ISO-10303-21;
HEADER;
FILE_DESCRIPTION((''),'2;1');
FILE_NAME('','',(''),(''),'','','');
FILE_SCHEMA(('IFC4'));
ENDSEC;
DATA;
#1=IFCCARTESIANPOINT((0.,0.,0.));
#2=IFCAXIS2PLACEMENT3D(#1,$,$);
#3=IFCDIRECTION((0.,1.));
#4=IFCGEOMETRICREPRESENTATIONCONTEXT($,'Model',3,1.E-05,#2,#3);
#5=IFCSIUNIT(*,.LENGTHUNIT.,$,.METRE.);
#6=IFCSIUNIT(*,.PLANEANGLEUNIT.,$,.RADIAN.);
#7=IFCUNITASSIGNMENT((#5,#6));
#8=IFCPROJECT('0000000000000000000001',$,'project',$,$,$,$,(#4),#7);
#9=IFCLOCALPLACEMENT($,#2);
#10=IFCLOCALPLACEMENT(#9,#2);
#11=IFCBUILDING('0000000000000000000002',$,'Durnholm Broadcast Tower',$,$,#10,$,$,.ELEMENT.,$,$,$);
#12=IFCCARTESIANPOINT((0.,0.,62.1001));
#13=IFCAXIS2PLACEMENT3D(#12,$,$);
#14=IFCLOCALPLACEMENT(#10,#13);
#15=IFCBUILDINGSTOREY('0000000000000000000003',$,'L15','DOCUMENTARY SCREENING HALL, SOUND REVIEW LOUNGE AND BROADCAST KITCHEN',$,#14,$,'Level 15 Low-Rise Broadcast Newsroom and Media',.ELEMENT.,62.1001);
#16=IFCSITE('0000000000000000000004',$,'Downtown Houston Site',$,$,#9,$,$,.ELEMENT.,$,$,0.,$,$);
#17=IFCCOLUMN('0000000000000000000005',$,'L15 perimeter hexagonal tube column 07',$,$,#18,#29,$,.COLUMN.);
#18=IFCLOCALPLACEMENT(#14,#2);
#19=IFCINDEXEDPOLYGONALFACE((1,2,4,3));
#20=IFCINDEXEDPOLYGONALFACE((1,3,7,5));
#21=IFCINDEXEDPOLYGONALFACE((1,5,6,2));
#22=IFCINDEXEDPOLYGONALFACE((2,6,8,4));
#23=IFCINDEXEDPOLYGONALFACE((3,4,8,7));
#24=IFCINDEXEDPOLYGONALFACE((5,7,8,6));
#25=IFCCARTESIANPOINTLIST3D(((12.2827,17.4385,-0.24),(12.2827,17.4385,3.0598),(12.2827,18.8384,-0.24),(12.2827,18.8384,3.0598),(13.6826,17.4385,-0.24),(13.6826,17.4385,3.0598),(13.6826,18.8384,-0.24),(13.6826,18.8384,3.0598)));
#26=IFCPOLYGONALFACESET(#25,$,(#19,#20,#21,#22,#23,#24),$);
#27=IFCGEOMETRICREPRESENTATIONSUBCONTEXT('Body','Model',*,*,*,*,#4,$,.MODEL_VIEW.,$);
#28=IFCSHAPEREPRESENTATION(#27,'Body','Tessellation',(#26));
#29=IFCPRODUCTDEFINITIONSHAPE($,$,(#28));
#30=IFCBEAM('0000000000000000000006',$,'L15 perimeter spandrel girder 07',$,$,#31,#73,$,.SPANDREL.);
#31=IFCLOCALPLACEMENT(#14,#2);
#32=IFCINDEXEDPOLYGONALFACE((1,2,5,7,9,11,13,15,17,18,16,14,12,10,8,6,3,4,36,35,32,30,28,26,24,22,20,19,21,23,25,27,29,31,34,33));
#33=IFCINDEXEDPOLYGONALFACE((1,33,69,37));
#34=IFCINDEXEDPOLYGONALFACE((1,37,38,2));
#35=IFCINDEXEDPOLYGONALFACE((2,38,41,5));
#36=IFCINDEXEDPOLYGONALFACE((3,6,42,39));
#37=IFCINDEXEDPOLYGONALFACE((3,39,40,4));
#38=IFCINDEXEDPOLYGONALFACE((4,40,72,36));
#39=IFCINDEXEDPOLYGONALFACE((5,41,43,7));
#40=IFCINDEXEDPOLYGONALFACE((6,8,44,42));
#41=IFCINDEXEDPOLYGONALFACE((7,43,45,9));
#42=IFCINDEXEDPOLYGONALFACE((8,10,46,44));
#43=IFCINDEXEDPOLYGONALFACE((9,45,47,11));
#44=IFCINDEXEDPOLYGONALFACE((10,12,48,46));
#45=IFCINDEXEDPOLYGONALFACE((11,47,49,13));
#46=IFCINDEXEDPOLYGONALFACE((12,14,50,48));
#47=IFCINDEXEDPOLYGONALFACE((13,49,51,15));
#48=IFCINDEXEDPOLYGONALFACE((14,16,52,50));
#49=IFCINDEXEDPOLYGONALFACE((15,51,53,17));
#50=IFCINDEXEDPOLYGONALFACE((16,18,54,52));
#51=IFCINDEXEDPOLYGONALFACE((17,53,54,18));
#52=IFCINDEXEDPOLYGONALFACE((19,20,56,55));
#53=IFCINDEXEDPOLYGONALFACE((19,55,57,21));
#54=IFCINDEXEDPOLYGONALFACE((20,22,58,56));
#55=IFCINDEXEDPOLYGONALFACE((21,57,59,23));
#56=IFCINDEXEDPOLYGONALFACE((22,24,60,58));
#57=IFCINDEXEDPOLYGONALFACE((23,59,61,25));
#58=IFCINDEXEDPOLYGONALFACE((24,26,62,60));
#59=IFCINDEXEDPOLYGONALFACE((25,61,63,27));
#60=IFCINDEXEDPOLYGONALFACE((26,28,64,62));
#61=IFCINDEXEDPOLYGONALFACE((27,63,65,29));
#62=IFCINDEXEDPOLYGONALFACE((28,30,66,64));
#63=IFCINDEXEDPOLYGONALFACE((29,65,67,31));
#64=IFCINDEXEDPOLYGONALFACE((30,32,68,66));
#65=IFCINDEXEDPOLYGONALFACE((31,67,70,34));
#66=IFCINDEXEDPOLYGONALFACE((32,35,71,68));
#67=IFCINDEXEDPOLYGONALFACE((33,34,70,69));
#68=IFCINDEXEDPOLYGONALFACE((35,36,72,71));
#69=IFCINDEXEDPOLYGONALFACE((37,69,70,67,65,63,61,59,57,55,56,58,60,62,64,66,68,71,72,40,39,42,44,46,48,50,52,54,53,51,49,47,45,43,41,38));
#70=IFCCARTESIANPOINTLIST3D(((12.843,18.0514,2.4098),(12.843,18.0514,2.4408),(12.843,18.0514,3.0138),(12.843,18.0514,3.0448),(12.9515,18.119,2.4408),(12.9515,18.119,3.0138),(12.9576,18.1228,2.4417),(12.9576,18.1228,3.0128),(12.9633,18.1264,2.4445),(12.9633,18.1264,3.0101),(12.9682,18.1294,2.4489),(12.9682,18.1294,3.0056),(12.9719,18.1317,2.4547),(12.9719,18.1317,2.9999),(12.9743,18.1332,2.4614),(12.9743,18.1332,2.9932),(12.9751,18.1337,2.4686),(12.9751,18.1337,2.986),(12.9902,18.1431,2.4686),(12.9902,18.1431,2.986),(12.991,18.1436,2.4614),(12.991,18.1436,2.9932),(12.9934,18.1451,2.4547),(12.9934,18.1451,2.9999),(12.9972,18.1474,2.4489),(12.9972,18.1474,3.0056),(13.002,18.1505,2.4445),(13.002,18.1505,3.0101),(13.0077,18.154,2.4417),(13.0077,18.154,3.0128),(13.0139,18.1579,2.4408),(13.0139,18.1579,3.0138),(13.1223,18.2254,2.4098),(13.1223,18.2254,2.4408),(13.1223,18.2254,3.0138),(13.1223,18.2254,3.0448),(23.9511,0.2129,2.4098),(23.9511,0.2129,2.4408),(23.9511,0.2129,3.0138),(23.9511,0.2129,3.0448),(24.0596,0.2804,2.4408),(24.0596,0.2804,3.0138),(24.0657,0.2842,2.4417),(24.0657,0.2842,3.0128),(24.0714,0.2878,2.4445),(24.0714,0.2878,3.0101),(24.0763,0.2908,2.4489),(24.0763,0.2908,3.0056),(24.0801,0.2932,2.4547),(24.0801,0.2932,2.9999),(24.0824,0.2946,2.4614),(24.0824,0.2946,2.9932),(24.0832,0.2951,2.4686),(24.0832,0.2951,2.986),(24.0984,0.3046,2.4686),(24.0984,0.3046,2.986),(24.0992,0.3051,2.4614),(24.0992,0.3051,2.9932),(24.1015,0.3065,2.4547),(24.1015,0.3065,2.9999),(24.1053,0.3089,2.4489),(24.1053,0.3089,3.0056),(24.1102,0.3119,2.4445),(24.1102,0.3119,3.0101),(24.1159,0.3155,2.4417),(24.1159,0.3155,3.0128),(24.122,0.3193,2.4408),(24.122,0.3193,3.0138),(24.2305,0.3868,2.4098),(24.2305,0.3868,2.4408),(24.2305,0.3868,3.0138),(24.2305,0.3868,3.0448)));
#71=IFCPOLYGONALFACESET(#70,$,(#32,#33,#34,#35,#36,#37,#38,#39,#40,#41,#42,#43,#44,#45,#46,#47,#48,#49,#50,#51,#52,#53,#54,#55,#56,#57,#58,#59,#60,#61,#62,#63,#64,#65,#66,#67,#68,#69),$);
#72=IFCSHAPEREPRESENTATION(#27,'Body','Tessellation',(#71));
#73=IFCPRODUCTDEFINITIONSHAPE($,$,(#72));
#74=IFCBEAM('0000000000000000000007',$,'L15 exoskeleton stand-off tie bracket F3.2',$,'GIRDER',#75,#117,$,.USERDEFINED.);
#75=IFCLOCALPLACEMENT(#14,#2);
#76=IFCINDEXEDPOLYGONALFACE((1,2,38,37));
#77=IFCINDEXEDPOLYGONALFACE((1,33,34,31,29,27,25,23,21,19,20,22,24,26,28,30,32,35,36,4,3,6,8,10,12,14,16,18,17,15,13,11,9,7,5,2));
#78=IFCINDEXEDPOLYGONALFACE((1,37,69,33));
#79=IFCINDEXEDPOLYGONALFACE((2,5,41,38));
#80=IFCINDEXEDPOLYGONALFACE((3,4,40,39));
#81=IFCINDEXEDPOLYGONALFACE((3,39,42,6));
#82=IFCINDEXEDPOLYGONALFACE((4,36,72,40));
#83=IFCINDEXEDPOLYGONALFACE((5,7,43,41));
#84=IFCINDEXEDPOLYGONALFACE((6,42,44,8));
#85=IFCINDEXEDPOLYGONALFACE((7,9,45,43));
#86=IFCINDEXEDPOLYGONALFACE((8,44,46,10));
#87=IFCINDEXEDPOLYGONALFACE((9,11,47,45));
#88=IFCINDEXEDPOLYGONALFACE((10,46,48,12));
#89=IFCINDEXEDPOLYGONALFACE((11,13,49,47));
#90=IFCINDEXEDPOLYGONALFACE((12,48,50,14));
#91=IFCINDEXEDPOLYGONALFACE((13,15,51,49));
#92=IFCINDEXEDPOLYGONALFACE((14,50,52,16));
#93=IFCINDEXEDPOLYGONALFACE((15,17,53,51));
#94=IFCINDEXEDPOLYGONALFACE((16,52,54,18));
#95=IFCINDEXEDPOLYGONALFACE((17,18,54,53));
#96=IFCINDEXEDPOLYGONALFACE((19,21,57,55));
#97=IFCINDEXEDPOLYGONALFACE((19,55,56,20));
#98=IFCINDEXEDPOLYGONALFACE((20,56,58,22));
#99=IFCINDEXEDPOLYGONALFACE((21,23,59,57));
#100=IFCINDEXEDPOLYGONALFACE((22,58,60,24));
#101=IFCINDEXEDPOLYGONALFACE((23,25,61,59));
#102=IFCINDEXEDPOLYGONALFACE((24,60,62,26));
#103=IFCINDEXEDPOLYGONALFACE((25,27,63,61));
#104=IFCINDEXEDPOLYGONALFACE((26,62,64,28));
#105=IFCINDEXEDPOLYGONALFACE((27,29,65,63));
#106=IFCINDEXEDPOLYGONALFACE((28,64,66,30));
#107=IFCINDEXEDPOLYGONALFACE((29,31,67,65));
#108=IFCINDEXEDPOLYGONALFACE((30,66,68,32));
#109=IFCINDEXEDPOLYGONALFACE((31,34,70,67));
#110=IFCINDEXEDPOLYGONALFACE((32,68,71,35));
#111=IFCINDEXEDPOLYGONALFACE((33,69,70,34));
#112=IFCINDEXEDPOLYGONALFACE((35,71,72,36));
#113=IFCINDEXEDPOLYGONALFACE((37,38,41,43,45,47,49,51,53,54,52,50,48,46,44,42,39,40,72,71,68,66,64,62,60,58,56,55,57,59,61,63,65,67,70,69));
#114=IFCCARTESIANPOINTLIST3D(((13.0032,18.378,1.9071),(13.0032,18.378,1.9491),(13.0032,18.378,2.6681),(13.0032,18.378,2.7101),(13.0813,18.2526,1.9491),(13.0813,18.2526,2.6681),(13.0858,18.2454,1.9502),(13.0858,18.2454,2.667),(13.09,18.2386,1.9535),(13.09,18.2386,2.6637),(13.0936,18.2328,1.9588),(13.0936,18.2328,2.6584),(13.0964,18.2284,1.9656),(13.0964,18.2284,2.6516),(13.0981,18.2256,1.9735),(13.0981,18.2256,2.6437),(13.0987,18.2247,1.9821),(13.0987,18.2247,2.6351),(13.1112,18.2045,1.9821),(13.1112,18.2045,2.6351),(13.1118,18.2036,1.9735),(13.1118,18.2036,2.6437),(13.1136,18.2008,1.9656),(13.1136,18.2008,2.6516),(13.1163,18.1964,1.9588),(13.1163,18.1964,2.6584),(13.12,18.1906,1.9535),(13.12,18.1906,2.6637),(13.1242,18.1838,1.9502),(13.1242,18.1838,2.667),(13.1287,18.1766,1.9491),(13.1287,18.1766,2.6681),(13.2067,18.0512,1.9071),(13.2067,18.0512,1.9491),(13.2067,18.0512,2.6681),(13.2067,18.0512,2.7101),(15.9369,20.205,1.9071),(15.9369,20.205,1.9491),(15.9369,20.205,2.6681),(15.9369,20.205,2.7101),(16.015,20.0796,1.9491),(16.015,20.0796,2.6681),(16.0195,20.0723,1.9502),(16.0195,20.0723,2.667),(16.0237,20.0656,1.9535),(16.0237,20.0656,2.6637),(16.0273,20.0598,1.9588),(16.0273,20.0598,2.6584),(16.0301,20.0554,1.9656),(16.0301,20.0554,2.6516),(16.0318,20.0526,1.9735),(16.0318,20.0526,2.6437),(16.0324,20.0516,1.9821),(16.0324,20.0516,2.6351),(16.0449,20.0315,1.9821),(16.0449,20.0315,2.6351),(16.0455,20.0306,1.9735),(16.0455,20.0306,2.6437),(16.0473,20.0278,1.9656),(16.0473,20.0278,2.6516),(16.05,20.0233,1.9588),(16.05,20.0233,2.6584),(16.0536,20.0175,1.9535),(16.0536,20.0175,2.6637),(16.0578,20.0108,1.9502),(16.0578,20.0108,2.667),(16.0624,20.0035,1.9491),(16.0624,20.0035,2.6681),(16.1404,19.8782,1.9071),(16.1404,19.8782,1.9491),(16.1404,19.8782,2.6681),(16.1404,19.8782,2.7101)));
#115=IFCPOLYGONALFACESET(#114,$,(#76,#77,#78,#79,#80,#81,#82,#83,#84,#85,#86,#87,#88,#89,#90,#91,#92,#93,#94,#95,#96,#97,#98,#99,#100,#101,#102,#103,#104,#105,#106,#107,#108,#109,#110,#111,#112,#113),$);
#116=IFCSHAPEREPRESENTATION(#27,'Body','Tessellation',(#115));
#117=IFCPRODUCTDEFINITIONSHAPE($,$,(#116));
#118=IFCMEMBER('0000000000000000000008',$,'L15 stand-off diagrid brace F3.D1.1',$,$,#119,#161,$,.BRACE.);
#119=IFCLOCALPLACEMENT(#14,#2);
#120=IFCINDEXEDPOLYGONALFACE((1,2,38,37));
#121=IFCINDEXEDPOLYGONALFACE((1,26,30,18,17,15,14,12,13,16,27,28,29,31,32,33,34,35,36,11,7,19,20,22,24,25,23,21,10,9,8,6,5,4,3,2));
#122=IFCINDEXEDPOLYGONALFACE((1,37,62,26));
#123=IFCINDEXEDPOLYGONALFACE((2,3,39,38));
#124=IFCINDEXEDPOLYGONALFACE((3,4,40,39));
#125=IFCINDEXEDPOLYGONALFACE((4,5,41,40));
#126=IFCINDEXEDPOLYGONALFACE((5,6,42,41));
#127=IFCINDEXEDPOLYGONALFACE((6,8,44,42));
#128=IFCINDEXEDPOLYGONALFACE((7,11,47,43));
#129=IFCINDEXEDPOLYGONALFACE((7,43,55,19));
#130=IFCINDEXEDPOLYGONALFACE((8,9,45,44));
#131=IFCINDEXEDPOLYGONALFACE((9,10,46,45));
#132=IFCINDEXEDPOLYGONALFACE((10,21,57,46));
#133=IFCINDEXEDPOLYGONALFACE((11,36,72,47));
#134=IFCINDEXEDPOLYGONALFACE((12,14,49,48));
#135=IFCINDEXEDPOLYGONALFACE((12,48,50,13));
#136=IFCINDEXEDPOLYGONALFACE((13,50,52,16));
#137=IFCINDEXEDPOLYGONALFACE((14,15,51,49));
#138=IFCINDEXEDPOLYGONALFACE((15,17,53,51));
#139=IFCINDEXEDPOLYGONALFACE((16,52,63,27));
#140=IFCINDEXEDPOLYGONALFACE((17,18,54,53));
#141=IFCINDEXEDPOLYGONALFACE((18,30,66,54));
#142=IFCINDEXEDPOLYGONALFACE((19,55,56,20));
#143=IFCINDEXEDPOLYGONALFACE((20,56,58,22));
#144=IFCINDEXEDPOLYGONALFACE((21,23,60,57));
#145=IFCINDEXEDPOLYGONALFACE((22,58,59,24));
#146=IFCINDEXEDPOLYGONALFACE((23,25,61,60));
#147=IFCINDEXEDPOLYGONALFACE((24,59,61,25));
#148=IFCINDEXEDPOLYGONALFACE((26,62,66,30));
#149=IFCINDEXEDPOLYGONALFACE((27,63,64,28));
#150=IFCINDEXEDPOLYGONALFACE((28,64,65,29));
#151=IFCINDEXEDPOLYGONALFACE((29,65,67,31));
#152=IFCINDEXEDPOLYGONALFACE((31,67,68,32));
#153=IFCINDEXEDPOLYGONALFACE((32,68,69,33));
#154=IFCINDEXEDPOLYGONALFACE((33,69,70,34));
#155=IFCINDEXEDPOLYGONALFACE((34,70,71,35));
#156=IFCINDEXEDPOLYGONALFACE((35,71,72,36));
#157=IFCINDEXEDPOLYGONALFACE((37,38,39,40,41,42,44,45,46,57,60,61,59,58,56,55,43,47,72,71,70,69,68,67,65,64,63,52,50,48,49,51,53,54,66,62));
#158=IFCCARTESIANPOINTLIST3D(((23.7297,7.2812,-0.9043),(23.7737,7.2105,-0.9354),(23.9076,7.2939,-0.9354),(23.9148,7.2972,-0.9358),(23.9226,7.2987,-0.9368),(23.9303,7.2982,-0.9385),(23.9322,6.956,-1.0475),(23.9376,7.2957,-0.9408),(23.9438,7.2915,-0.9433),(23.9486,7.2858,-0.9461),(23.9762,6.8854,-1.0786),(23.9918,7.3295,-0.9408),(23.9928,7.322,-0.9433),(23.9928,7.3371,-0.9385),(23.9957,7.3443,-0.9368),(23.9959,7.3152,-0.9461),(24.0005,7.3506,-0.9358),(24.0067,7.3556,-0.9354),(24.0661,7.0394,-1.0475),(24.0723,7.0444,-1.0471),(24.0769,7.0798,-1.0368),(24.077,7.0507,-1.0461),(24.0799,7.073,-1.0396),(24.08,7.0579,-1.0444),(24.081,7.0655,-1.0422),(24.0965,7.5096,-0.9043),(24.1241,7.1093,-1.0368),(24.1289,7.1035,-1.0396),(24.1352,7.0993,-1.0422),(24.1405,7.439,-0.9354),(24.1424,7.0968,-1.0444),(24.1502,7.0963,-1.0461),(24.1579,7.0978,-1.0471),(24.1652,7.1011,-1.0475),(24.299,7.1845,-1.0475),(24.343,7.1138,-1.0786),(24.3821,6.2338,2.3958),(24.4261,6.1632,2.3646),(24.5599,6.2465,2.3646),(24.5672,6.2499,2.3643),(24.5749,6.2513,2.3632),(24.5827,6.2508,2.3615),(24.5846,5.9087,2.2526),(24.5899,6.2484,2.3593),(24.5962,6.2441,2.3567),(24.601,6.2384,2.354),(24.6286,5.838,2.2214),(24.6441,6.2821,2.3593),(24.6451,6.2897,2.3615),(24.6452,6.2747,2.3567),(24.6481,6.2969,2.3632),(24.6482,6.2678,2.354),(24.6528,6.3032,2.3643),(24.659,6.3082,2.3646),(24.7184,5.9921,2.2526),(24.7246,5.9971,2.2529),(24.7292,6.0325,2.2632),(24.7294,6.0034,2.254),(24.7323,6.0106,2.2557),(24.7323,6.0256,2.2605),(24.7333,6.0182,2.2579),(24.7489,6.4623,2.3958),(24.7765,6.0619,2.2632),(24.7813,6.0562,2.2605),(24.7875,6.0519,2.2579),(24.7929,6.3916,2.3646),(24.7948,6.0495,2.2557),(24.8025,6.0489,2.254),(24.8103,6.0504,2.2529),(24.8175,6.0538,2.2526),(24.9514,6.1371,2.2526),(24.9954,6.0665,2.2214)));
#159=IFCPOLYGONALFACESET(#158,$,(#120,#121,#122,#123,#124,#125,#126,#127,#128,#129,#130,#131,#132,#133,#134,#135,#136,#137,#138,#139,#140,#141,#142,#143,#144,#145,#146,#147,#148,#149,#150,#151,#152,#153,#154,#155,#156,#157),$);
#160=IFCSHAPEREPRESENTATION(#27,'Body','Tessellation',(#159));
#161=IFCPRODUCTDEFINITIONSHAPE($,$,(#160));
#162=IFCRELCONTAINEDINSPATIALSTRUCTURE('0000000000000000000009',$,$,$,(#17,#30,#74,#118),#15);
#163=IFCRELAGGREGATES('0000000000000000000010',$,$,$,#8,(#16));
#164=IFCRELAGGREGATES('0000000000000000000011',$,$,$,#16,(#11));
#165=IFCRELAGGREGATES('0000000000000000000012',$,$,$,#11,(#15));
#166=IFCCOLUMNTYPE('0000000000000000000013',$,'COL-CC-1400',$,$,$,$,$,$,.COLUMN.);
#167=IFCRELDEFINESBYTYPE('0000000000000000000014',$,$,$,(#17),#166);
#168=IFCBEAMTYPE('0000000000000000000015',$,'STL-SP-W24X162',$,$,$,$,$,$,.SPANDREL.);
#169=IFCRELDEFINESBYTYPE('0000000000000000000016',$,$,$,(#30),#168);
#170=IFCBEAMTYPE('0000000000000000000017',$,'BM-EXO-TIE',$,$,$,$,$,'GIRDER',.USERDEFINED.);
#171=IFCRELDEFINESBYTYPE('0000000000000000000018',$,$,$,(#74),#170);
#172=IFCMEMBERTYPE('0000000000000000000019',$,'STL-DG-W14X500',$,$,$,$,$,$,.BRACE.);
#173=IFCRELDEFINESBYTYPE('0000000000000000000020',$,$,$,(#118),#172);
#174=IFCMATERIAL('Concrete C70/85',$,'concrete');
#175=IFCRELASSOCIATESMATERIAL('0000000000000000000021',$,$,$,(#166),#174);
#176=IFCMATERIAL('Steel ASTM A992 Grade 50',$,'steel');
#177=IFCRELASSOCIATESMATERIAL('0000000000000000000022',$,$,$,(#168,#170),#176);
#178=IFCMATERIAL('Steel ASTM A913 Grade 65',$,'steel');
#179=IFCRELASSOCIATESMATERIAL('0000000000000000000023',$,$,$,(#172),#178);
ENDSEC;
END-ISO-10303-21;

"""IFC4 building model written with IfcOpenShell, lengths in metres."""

from ifc_helpers import new_model, si_unit, direction, frame, origin, origin_2d, place, context, subcontext, project, spatial, rectangle, i_section, extrude, source, transform, mapped, material, material_profile, profile_set, type_object, type_shapes, element, save


model = new_model("IFC4")

# Units and contexts
model_context = context("Model", 3, precision=1e-05, world=origin(), true_north=direction((0.0, 1.0)))
body_context = subcontext(model_context, "Body", "Model", "MODEL_VIEW")
ifc_project = project(units=[si_unit("LENGTHUNIT", "METRE"), si_unit("PLANEANGLEUNIT", "RADIAN")], contexts=[model_context])

# Site, building, storey
site_placement = place(None, origin())
site = spatial("IfcSite", under=ifc_project, at=site_placement, Name="Downtown Houston Site", CompositionType="ELEMENT", RefElevation=0.0)
building_placement = place(site_placement, origin())
building = spatial("IfcBuilding", under=site, at=building_placement, Name="Durnholm Broadcast Tower", CompositionType="ELEMENT")
storey_placement = place(building_placement, frame((0.0, 0.0, 62.1001)))
storey = spatial("IfcBuildingStorey", under=building, at=storey_placement, Name="L15", Description="DOCUMENTARY SCREENING HALL, SOUND REVIEW LOUNGE AND BROADCAST KITCHEN", LongName="Level 15 Low-Rise Broadcast Newsroom and Media", CompositionType="ELEMENT", Elevation=62.1001)

# Column
ifc_material_1 = material(Name="Concrete C70/85", Category="concrete")
ifc_material_profile_1 = material_profile(ifc_material_1, rectangle(XDim=1.3999, YDim=1.3999, at=origin_2d()), Name="RC1400X1400")
ifc_profile_set_1 = profile_set([ifc_material_profile_1], Name="Concrete C70/85")
column_type = type_object("IfcColumnType", Name="COL-CC-1400", PredefinedType="COLUMN", material=ifc_profile_set_1)
shared_shape_1 = source(origin(), body_context, "Body", "SweptSolid", [
    extrude(rectangle(XDim=1.3999, YDim=1.3999, at=origin_2d()), origin(), (0.0, 0.0, 1.0), 3.2998),
])
type_shapes(column_type, [shared_shape_1])
column_placement = place(storey_placement, frame((12.9827, 18.1384, -0.24), z_axis=(0.0, 0.0, 1.0), x_axis=(1.0, 0.0, 0.0)))
element("IfcColumn", 1, at=column_placement, inside=storey, type_object=column_type, Name="L15 perimeter hexagonal tube column 07", PredefinedType="COLUMN", context=body_context, shape_type="MappedRepresentation", body=[
    mapped(shared_shape_1, transform((0.0, 0.0, 0.0), x_axis=(1.0, 0.0, 0.0), y_axis=(0.0, 1.0, 0.0), z_axis=(0.0, 0.0, 1.0), scale=1.0)),
])

# Beams
ifc_material_2 = material(Name="Steel ASTM A992 Grade 50", Category="steel")
ifc_material_profile_2 = material_profile(ifc_material_2, i_section(OverallWidth=0.3291, OverallDepth=0.635, WebThickness=0.0178, FlangeThickness=0.031, FilletRadius=0.0278, at=origin_2d()), Name="W24X162")
ifc_profile_set_2 = profile_set([ifc_material_profile_2], Name="Steel ASTM A992 Grade 50")
beam_type_1 = type_object("IfcBeamType", Name="STL-SP-W24X162", PredefinedType="SPANDREL", material=ifc_profile_set_2)
shared_shape_2 = source(origin(), body_context, "Body", "SweptSolid", [
    extrude(i_section(OverallWidth=0.3291, OverallDepth=0.635, WebThickness=0.0178, FlangeThickness=0.031, FilletRadius=0.0278, at=origin_2d()), origin(), (0.0, 0.0, 1.0), 21.0144),
])
type_shapes(beam_type_1, [shared_shape_2])
beam_1_placement = place(storey_placement, frame((12.9827, 18.1384, 2.7273), z_axis=(0.528596, -0.848874, 0.0), x_axis=(0.848874, 0.528596, 0.0)))
element("IfcBeam", 2, at=beam_1_placement, inside=storey, type_object=beam_type_1, Name="L15 perimeter spandrel girder 07", PredefinedType="SPANDREL", context=body_context, shape_type="MappedRepresentation", body=[
    mapped(shared_shape_2, transform((0.0, 0.0, 0.0), x_axis=(1.0, 0.0, 0.0), y_axis=(0.0, 1.0, 0.0), z_axis=(0.0, 0.0, 1.0), scale=1.0)),
])
ifc_material_profile_3 = material_profile(ifc_material_2, i_section(OverallWidth=0.385, OverallDepth=0.803, WebThickness=0.0237, FlangeThickness=0.042, FilletRadius=0.033, at=origin_2d()), Name="W30X261")
ifc_profile_set_3 = profile_set([ifc_material_profile_3], Name="Steel ASTM A992 Grade 50")
beam_type_2 = type_object("IfcBeamType", Name="BM-EXO-TIE", ElementType="GIRDER", PredefinedType="USERDEFINED", material=ifc_profile_set_3)
shared_shape_3 = source(origin(), body_context, "Body", "SweptSolid", [
    extrude(i_section(OverallWidth=0.385, OverallDepth=0.803, WebThickness=0.0237, FlangeThickness=0.042, FilletRadius=0.033, at=origin_2d()), origin(), (0.0, 0.0, 1.0), 3.4561),
])
type_shapes(beam_type_2, [shared_shape_3])
beam_2_placement = place(storey_placement, frame((13.105, 18.2146, 2.3086), z_axis=(0.848854, 0.528627, 0.0), x_axis=(-0.528627, 0.848854, 0.0)))
element("IfcBeam", 3, at=beam_2_placement, inside=storey, type_object=beam_type_2, Name="L15 exoskeleton stand-off tie bracket F3.2", ObjectType="GIRDER", PredefinedType="USERDEFINED", context=body_context, shape_type="MappedRepresentation", body=[
    mapped(shared_shape_3, transform((0.0, 0.0, 0.0), x_axis=(1.0, 0.0, 0.0), y_axis=(0.0, 1.0, 0.0), z_axis=(0.0, 0.0, 1.0), scale=1.0)),
])

# Member
ifc_material_3 = material(Name="Steel ASTM A913 Grade 65", Category="steel")
ifc_material_profile_4 = material_profile(ifc_material_3, i_section(OverallWidth=0.4321, OverallDepth=0.4978, WebThickness=0.0557, FlangeThickness=0.0889, FilletRadius=0.0305, at=origin_2d()), Name="W14X500")
ifc_profile_set_4 = profile_set([ifc_material_profile_4], Name="Steel ASTM A913 Grade 65")
member_type_1 = type_object("IfcMemberType", Name="STL-DG-W14X500", PredefinedType="BRACE", material=ifc_profile_set_4)
shared_shape_4 = source(origin(), body_context, "Body", "SweptSolid", [
    extrude(i_section(OverallWidth=0.4321, OverallDepth=0.4978, WebThickness=0.0557, FlangeThickness=0.0889, FilletRadius=0.0305, at=origin_2d()), origin(), (0.0, 0.0, 1.0), 3.5232),
])
type_shapes(member_type_1, [shared_shape_4])
for number, where, z_axis, x_axis, name in (
    (4, (24.0364, 7.1975, -0.9915), (0.185157, -0.297277, 0.936666), (0.84882, 0.528682, 0.0), "L15 stand-off diagrid brace F3.D1.1"),
):
    element("IfcMember", number, at=place(storey_placement, frame(where, z_axis=z_axis, x_axis=x_axis)), inside=storey, type_object=member_type_1, Name=name, PredefinedType="BRACE", context=body_context, shape_type="MappedRepresentation", body=[
        mapped(shared_shape_4, transform((0.0, 0.0, 0.0), x_axis=(1.0, 0.0, 0.0), y_axis=(0.0, 1.0, 0.0), z_axis=(0.0, 0.0, 1.0), scale=1.0)),
    ])

save(model, "model.ifc")
